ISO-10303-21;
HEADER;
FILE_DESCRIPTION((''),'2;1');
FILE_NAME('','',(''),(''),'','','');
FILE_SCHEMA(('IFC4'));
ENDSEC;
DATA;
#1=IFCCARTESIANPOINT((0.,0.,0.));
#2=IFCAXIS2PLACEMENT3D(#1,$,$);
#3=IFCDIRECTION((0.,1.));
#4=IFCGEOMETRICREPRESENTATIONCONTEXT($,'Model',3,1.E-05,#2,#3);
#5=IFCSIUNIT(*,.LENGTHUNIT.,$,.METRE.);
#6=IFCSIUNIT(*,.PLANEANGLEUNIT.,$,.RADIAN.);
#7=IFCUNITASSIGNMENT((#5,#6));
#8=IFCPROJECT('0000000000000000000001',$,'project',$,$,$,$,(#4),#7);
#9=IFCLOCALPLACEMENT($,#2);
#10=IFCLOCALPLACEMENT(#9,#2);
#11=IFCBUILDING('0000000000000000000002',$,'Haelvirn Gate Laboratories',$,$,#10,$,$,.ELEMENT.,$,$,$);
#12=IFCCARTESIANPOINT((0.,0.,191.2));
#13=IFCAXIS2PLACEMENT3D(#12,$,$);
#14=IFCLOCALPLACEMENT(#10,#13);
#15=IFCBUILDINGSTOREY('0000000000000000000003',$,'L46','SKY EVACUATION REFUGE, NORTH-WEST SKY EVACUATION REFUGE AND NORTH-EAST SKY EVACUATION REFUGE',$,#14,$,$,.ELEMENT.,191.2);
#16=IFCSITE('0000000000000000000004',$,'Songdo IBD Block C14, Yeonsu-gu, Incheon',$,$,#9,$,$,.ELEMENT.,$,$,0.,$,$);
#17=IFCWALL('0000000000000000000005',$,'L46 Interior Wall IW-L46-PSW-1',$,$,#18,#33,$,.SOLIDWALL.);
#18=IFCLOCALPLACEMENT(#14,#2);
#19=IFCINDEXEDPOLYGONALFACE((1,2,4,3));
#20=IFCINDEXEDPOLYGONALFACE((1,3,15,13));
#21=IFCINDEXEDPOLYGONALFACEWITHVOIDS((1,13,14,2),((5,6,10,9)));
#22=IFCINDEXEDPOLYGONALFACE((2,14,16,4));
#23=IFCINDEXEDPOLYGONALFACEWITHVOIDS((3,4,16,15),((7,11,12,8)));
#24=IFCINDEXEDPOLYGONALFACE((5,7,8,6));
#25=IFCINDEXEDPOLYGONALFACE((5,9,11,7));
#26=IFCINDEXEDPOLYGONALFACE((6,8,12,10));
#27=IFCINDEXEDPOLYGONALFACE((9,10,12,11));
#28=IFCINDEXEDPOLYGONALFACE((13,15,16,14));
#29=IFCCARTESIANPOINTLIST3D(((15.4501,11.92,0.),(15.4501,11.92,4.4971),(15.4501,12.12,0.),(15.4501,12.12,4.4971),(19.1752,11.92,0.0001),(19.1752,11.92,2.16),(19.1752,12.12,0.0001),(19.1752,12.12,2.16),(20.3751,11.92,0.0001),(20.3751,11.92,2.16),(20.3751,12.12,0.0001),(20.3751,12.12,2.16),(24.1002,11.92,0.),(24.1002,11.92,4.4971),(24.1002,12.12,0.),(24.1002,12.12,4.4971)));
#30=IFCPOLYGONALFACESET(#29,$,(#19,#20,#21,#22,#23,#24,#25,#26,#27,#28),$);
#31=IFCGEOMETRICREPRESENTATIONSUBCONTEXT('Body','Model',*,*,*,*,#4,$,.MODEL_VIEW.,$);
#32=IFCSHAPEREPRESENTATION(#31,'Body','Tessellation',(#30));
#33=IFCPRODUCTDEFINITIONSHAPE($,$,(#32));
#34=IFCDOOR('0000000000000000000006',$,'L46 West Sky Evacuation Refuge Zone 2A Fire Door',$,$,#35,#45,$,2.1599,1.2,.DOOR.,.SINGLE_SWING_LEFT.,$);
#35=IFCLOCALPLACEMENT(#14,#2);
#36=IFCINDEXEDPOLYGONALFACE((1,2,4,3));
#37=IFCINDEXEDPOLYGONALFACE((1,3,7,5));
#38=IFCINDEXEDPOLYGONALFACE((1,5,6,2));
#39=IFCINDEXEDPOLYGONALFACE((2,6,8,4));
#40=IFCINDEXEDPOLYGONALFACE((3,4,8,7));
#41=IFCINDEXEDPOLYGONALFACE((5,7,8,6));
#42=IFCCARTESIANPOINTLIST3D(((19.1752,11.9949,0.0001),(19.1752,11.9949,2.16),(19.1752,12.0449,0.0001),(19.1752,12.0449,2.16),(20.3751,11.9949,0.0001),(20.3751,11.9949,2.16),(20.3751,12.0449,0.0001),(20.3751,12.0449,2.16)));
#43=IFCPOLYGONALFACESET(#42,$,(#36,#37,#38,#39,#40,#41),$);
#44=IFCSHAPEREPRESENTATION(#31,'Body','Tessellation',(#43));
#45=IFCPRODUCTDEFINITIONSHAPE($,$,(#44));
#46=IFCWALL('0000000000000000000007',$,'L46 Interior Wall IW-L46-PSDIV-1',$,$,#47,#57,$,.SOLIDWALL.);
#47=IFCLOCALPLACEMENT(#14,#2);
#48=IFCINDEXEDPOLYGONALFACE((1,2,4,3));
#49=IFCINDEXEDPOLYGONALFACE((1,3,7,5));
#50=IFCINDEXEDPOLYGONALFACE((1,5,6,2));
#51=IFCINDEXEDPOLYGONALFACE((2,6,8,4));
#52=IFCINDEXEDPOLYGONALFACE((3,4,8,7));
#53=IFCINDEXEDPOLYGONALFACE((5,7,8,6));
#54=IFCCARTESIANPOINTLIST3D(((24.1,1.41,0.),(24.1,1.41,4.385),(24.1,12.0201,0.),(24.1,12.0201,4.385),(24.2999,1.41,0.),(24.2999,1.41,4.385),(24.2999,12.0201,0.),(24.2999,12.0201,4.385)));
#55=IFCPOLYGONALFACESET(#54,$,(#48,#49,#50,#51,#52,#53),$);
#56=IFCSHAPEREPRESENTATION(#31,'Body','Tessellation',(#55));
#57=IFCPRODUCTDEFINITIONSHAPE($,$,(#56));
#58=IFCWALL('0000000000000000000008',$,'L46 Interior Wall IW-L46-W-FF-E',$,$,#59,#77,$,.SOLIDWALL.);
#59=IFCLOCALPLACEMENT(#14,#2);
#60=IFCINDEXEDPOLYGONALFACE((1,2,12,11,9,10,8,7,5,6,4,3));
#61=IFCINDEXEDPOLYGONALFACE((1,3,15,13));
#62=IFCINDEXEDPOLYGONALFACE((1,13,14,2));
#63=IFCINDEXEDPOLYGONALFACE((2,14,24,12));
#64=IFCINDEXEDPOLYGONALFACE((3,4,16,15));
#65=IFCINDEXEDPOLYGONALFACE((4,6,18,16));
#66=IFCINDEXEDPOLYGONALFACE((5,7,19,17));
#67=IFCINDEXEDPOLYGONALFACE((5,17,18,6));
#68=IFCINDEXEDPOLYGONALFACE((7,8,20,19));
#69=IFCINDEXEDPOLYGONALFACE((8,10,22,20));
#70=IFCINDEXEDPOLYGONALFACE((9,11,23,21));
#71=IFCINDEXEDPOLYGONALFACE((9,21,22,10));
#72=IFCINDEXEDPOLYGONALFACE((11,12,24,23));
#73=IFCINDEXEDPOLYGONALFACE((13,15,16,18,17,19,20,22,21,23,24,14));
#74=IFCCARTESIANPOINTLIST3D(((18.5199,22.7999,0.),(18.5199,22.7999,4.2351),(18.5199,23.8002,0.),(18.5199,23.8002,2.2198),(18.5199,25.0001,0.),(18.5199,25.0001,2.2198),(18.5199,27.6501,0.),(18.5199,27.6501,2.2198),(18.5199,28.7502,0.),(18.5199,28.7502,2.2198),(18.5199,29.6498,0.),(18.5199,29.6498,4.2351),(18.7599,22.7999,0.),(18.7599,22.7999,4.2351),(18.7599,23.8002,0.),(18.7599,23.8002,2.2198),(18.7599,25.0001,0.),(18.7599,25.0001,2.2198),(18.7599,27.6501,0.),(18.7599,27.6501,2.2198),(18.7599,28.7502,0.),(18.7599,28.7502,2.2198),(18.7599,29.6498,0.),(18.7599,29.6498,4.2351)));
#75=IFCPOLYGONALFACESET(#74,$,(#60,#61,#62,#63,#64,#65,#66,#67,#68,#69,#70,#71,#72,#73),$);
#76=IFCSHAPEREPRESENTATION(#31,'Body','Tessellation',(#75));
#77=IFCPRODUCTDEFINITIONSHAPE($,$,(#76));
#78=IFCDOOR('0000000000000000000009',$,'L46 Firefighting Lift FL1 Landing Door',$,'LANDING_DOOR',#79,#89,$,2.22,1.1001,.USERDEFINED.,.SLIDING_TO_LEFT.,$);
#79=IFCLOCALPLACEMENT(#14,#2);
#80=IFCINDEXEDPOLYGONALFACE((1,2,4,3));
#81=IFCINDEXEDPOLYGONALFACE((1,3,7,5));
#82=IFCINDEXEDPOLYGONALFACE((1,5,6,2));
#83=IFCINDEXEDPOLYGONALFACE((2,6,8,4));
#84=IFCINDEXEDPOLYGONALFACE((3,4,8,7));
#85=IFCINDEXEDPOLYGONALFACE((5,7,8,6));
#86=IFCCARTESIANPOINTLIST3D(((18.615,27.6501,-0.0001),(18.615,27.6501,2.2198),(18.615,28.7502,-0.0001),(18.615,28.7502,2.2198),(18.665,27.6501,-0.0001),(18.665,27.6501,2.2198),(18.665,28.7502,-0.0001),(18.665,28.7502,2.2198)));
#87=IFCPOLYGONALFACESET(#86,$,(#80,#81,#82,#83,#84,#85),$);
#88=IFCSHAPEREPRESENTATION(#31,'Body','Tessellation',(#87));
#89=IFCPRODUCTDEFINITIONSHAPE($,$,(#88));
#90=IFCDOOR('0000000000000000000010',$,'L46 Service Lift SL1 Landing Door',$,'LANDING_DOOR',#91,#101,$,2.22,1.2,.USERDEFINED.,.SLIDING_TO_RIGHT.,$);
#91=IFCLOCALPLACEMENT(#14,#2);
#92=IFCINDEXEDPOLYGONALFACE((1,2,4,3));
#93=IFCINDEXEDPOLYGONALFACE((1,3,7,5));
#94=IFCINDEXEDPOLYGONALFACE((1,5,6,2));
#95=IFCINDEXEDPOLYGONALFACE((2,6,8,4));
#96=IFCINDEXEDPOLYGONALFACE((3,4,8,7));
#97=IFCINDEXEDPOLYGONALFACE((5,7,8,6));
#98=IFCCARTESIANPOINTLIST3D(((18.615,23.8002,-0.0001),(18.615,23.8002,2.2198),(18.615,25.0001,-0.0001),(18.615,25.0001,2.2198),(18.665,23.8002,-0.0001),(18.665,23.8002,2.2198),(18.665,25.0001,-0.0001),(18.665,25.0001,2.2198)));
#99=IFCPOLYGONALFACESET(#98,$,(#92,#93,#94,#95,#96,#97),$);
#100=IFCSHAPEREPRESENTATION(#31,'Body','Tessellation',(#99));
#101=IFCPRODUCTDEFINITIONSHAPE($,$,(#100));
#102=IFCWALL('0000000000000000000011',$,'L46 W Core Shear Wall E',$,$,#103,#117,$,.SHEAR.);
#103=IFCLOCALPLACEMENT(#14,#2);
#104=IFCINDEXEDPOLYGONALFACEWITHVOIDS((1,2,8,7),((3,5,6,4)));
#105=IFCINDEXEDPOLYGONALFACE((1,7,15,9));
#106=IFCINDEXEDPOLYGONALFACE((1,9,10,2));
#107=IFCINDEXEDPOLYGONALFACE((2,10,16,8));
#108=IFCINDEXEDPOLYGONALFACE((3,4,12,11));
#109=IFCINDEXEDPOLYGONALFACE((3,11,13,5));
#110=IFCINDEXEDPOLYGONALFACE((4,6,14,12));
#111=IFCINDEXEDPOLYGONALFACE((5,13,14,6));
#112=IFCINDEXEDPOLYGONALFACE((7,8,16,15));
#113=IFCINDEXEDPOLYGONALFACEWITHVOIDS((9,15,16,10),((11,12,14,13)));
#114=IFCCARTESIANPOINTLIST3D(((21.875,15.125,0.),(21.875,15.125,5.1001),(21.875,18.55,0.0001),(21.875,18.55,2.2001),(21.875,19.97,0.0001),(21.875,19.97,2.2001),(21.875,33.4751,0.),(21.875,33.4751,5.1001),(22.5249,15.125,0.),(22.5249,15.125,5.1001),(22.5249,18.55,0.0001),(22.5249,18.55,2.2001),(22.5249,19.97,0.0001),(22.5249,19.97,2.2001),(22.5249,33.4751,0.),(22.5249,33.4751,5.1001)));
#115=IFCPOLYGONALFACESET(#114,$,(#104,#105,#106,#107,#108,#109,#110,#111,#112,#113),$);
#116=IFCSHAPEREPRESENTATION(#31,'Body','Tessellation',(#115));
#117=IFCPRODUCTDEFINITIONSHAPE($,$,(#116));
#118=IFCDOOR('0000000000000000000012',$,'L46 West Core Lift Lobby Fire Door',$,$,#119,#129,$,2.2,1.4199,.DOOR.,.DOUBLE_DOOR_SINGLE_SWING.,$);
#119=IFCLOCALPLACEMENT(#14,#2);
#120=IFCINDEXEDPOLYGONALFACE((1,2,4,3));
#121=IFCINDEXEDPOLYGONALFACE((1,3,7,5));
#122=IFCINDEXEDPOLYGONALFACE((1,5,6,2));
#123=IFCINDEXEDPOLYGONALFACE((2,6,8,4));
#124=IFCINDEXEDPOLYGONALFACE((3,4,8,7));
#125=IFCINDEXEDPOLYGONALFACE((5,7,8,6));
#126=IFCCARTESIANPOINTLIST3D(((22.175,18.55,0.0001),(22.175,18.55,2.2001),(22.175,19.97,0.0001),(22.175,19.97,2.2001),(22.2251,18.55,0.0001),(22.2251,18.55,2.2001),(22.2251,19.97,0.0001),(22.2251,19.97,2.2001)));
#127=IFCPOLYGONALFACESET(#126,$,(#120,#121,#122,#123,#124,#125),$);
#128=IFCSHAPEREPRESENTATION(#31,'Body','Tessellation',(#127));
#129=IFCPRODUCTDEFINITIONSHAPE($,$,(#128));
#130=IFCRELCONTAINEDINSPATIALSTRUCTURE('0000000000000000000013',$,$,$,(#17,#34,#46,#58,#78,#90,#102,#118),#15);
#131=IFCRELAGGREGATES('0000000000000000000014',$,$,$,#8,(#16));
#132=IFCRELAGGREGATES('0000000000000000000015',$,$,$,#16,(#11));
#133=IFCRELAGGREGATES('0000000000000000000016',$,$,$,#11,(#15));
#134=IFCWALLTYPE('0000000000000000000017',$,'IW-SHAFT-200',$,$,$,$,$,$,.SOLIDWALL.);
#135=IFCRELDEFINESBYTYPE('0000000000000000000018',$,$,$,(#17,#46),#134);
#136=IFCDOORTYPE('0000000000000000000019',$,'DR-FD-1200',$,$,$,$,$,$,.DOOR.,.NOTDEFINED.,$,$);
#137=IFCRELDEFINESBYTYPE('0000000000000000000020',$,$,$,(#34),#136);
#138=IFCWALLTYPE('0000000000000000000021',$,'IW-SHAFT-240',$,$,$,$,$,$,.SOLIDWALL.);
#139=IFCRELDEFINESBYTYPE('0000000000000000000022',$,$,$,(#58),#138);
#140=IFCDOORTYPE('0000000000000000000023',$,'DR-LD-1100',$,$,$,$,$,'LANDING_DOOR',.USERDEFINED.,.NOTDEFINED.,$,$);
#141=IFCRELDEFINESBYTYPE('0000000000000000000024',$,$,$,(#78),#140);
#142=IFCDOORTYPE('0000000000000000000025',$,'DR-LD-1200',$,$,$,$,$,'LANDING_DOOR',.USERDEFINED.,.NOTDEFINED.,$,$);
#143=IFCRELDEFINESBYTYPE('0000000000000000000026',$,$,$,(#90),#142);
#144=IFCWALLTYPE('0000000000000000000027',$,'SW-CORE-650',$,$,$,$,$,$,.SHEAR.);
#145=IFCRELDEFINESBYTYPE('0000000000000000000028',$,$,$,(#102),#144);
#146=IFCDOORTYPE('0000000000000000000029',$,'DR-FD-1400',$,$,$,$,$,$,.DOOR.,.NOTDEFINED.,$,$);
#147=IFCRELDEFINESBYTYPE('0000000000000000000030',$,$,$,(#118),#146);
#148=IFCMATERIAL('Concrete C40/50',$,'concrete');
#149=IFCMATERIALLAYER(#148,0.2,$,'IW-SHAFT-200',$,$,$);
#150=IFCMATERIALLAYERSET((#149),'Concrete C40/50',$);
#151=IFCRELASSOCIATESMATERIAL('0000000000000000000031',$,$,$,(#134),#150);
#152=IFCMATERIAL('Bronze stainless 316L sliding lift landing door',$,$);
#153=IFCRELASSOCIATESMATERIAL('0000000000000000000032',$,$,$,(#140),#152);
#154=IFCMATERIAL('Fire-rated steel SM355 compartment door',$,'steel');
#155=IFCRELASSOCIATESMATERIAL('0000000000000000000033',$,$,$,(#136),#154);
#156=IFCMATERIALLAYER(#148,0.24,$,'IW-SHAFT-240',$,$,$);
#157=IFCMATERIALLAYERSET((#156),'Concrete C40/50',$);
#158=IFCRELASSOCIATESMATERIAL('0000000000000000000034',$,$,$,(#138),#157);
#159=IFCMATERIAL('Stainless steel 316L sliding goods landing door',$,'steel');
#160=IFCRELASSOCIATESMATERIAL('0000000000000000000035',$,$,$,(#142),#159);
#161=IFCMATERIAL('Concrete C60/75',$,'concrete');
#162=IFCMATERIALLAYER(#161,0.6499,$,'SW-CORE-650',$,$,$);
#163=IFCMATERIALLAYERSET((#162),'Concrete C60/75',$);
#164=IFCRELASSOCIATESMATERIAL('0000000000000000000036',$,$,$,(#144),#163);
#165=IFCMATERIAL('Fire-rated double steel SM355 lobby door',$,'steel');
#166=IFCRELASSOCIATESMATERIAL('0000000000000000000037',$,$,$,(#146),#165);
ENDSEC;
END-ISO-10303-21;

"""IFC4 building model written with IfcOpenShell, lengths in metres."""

from ifc_helpers import new_model, si_unit, direction, frame, frame_2d, origin, place, context, subcontext, project, spatial, rectangle, extrude, source, transform, mapped, material, layer, layer_set, type_object, type_shapes, element, fill, save


model = new_model("IFC4")

# Units and contexts
model_context = context("Model", 3, precision=1e-05, world=origin(), true_north=direction((0.0, 1.0)))
body_context = subcontext(model_context, "Body", "Model", "MODEL_VIEW")
ifc_project = project(units=[si_unit("LENGTHUNIT", "METRE"), si_unit("PLANEANGLEUNIT", "RADIAN")], contexts=[model_context])

# Site, building, storey
site_placement = place(None, origin())
site = spatial("IfcSite", under=ifc_project, at=site_placement, Name="Songdo IBD Block C14, Yeonsu-gu, Incheon", CompositionType="ELEMENT", RefElevation=0.0)
building_placement = place(site_placement, origin())
building = spatial("IfcBuilding", under=site, at=building_placement, Name="Haelvirn Gate Laboratories", CompositionType="ELEMENT")
storey_placement = place(building_placement, frame((0.0, 0.0, 191.2)))
storey = spatial("IfcBuildingStorey", under=building, at=storey_placement, Name="L46", Description="SKY EVACUATION REFUGE, NORTH-WEST SKY EVACUATION REFUGE AND NORTH-EAST SKY EVACUATION REFUGE", CompositionType="ELEMENT", Elevation=191.2)

# Shared definitions
ifc_material_1 = material(Name="Concrete C60/75", Category="concrete")

# Shared definitions
ifc_material_2 = material(Name="Concrete C40/50", Category="concrete")

# Shared definitions
ifc_layer_1 = layer(ifc_material_2, 0.2, Name="IW-SHAFT-200")
ifc_layer_set_1 = layer_set([ifc_layer_1], Name="Concrete C40/50")
wall_type_1 = type_object("IfcWallType", Name="IW-SHAFT-200", PredefinedType="SOLIDWALL", material=ifc_layer_set_1)
ifc_material_3 = material(Name="Bronze stainless 316L sliding lift landing door")
door_type_1 = type_object("IfcDoorType", Name="DR-LD-1100", ElementType="LANDING_DOOR", OperationType="NOTDEFINED", PredefinedType="USERDEFINED", material=ifc_material_3)
shared_shape_1 = source(origin(), body_context, "Body", "SweptSolid", [
    extrude(rectangle(XDim=1.1001, YDim=2.22, at=frame_2d((0.55, 1.1099))), frame((0.0, 0.0249, 0.0), z_axis=(0.0, -1.0, 0.0), x_axis=(1.0, 0.0, 0.0)), (0.0, 0.0, 1.0), 0.05),
])
type_shapes(door_type_1, [shared_shape_1])

# Wall, opening, door
wall_1_placement = place(storey_placement, frame((15.45, 12.02, 0.0), z_axis=(0.0, 0.0, 1.0), x_axis=(1.0, 0.0, 0.0)))
wall_1 = element("IfcWall", 1, at=wall_1_placement, inside=storey, type_object=wall_type_1, Name="L46 Interior Wall IW-L46-PSW-1", PredefinedType="SOLIDWALL", context=body_context, shape_type="SweptSolid", body=[
    extrude(rectangle(XDim=8.6501, YDim=0.2, at=frame_2d((4.3252, 0.0))), origin(), (0.0, 0.0, 1.0), 4.4971),
])
opening_1_placement = place(wall_1_placement, frame((3.7251, 0.0, 0.0)))
opening_1 = element("IfcOpeningElement", 2, at=opening_1_placement, cuts=wall_1, PredefinedType="OPENING", context=body_context, shape_type="SweptSolid", body=[
    extrude(rectangle(XDim=1.2, YDim=2.1599, at=frame_2d((0.6001, 1.0801))), frame((0.0, 0.1099, 0.0), z_axis=(0.0, -1.0, 0.0), x_axis=(1.0, 0.0, 0.0)), (0.0, 0.0, 1.0), 0.22),
])
ifc_material_4 = material(Name="Fire-rated steel SM355 compartment door", Category="steel")
door_type_2 = type_object("IfcDoorType", Name="DR-FD-1200", OperationType="NOTDEFINED", PredefinedType="DOOR", material=ifc_material_4)
shared_shape_2 = source(origin(), body_context, "Body", "SweptSolid", [
    extrude(rectangle(XDim=1.2, YDim=2.1599, at=frame_2d((0.6001, 1.0801))), frame((0.0, 0.0249, 0.0), z_axis=(0.0, -1.0, 0.0), x_axis=(1.0, 0.0, 0.0)), (0.0, 0.0, 1.0), 0.05),
])
type_shapes(door_type_2, [shared_shape_2])
door_1_placement = place(opening_1_placement, origin())
door_1 = element("IfcDoor", 3, at=door_1_placement, inside=storey, type_object=door_type_2, Name="L46 West Sky Evacuation Refuge Zone 2A Fire Door", OperationType="SINGLE_SWING_LEFT", OverallHeight=2.1599, OverallWidth=1.2, PredefinedType="DOOR", context=body_context, shape_type="MappedRepresentation", body=[
    mapped(shared_shape_2, transform((0.0, 0.0, 0.0), scale=1.0)),
])
fill(opening_1, door_1)

# Wall
wall_2_placement = place(storey_placement, frame((24.2, 1.4099, 0.0), z_axis=(0.0, 0.0, 1.0), x_axis=(0.0, 1.0, 0.0)))
element("IfcWall", 4, at=wall_2_placement, inside=storey, type_object=wall_type_1, Name="L46 Interior Wall IW-L46-PSDIV-1", PredefinedType="SOLIDWALL", context=body_context, shape_type="SweptSolid", body=[
    extrude(rectangle(XDim=10.6101, YDim=0.2, at=frame_2d((5.3052, 0.0))), origin(), (0.0, 0.0, 1.0), 4.385),
])

# Wall, openings, doors
ifc_layer_2 = layer(ifc_material_2, 0.24, Name="IW-SHAFT-240")
ifc_layer_set_2 = layer_set([ifc_layer_2], Name="Concrete C40/50")
wall_type_2 = type_object("IfcWallType", Name="IW-SHAFT-240", PredefinedType="SOLIDWALL", material=ifc_layer_set_2)
wall_3_placement = place(storey_placement, frame((18.6399, 22.8, 0.0), z_axis=(0.0, 0.0, 1.0), x_axis=(0.0, 1.0, 0.0)))
wall_3 = element("IfcWall", 5, at=wall_3_placement, inside=storey, type_object=wall_type_2, Name="L46 Interior Wall IW-L46-W-FF-E", PredefinedType="SOLIDWALL", context=body_context, shape_type="SweptSolid", body=[
    extrude(rectangle(XDim=6.8499, YDim=0.24, at=frame_2d((3.4248, 0.0))), origin(), (0.0, 0.0, 1.0), 4.2351),
])
opening_2_placement = place(wall_3_placement, frame((4.8501, 0.0, 0.0)))
opening_2 = element("IfcOpeningElement", 6, at=opening_2_placement, cuts=wall_3, PredefinedType="OPENING", context=body_context, shape_type="SweptSolid", body=[
    extrude(rectangle(XDim=1.1001, YDim=2.22, at=frame_2d((0.55, 1.1099))), frame((0.0, 0.1299, 0.0), z_axis=(0.0, -1.0, 0.0), x_axis=(1.0, 0.0, 0.0)), (0.0, 0.0, 1.0), 0.26),
])
opening_3_placement = place(wall_3_placement, frame((1.0, 0.0, 0.0)))
opening_3 = element("IfcOpeningElement", 7, at=opening_3_placement, cuts=wall_3, PredefinedType="OPENING", context=body_context, shape_type="SweptSolid", body=[
    extrude(rectangle(XDim=1.2, YDim=2.22, at=frame_2d((0.6001, 1.1099))), frame((0.0, 0.1299, 0.0), z_axis=(0.0, -1.0, 0.0), x_axis=(1.0, 0.0, 0.0)), (0.0, 0.0, 1.0), 0.26),
])
door_2_placement = place(opening_2_placement, origin())
door_2 = element("IfcDoor", 8, at=door_2_placement, inside=storey, type_object=door_type_1, Name="L46 Firefighting Lift FL1 Landing Door", ObjectType="LANDING_DOOR", OperationType="SLIDING_TO_LEFT", OverallHeight=2.22, OverallWidth=1.1001, PredefinedType="USERDEFINED", context=body_context, shape_type="MappedRepresentation", body=[
    mapped(shared_shape_1, transform((0.0, 0.0, 0.0), scale=1.0)),
])
fill(opening_2, door_2)
ifc_material_5 = material(Name="Stainless steel 316L sliding goods landing door", Category="steel")
door_type_3 = type_object("IfcDoorType", Name="DR-LD-1200", ElementType="LANDING_DOOR", OperationType="NOTDEFINED", PredefinedType="USERDEFINED", material=ifc_material_5)
shared_shape_3 = source(origin(), body_context, "Body", "SweptSolid", [
    extrude(rectangle(XDim=1.2, YDim=2.22, at=frame_2d((0.6001, 1.1099))), frame((0.0, 0.0249, 0.0), z_axis=(0.0, -1.0, 0.0), x_axis=(1.0, 0.0, 0.0)), (0.0, 0.0, 1.0), 0.05),
])
type_shapes(door_type_3, [shared_shape_3])
door_3_placement = place(opening_3_placement, origin())
door_3 = element("IfcDoor", 9, at=door_3_placement, inside=storey, type_object=door_type_3, Name="L46 Service Lift SL1 Landing Door", ObjectType="LANDING_DOOR", OperationType="SLIDING_TO_RIGHT", OverallHeight=2.22, OverallWidth=1.2, PredefinedType="USERDEFINED", context=body_context, shape_type="MappedRepresentation", body=[
    mapped(shared_shape_3, transform((0.0, 0.0, 0.0), scale=1.0)),
])
fill(opening_3, door_3)

# Wall, opening, door
ifc_layer_3 = layer(ifc_material_1, 0.6499, Name="SW-CORE-650")
ifc_layer_set_3 = layer_set([ifc_layer_3], Name="Concrete C60/75")
wall_type_3 = type_object("IfcWallType", Name="SW-CORE-650", PredefinedType="SHEAR", material=ifc_layer_set_3)
wall_4_placement = place(storey_placement, frame((22.2, 15.125, 0.0), z_axis=(0.0, 0.0, 1.0), x_axis=(0.0, 1.0, 0.0)))
wall_4 = element("IfcWall", 10, at=wall_4_placement, inside=storey, type_object=wall_type_3, Name="L46 W Core Shear Wall E", PredefinedType="SHEAR", context=body_context, shape_type="SweptSolid", body=[
    extrude(rectangle(XDim=18.3501, YDim=0.6499, at=frame_2d((9.175, 0.0))), origin(), (0.0, 0.0, 1.0), 5.1001),
])
opening_4_placement = place(wall_4_placement, frame((3.425, 0.0, 0.0)))
opening_4 = element("IfcOpeningElement", 11, at=opening_4_placement, cuts=wall_4, PredefinedType="OPENING", context=body_context, shape_type="SweptSolid", body=[
    extrude(rectangle(XDim=1.4199, YDim=2.2, at=frame_2d((0.71, 1.1001))), frame((0.0, 0.335, 0.0), z_axis=(0.0, -1.0, 0.0), x_axis=(1.0, 0.0, 0.0)), (0.0, 0.0, 1.0), 0.6699),
])
ifc_material_6 = material(Name="Fire-rated double steel SM355 lobby door", Category="steel")
door_type_4 = type_object("IfcDoorType", Name="DR-FD-1400", OperationType="NOTDEFINED", PredefinedType="DOOR", material=ifc_material_6)
shared_shape_4 = source(origin(), body_context, "Body", "SweptSolid", [
    extrude(rectangle(XDim=1.4199, YDim=2.2, at=frame_2d((0.71, 1.1001))), frame((0.0, 0.0249, 0.0), z_axis=(0.0, -1.0, 0.0), x_axis=(1.0, 0.0, 0.0)), (0.0, 0.0, 1.0), 0.05),
])
type_shapes(door_type_4, [shared_shape_4])
door_4_placement = place(opening_4_placement, origin())
door_4 = element("IfcDoor", 12, at=door_4_placement, inside=storey, type_object=door_type_4, Name="L46 West Core Lift Lobby Fire Door", OperationType="DOUBLE_DOOR_SINGLE_SWING", OverallHeight=2.2, OverallWidth=1.4199, PredefinedType="DOOR", context=body_context, shape_type="MappedRepresentation", body=[
    mapped(shared_shape_4, transform((0.0, 0.0, 0.0), scale=1.0)),
])
fill(opening_4, door_4)

save(model, "model.ifc")
